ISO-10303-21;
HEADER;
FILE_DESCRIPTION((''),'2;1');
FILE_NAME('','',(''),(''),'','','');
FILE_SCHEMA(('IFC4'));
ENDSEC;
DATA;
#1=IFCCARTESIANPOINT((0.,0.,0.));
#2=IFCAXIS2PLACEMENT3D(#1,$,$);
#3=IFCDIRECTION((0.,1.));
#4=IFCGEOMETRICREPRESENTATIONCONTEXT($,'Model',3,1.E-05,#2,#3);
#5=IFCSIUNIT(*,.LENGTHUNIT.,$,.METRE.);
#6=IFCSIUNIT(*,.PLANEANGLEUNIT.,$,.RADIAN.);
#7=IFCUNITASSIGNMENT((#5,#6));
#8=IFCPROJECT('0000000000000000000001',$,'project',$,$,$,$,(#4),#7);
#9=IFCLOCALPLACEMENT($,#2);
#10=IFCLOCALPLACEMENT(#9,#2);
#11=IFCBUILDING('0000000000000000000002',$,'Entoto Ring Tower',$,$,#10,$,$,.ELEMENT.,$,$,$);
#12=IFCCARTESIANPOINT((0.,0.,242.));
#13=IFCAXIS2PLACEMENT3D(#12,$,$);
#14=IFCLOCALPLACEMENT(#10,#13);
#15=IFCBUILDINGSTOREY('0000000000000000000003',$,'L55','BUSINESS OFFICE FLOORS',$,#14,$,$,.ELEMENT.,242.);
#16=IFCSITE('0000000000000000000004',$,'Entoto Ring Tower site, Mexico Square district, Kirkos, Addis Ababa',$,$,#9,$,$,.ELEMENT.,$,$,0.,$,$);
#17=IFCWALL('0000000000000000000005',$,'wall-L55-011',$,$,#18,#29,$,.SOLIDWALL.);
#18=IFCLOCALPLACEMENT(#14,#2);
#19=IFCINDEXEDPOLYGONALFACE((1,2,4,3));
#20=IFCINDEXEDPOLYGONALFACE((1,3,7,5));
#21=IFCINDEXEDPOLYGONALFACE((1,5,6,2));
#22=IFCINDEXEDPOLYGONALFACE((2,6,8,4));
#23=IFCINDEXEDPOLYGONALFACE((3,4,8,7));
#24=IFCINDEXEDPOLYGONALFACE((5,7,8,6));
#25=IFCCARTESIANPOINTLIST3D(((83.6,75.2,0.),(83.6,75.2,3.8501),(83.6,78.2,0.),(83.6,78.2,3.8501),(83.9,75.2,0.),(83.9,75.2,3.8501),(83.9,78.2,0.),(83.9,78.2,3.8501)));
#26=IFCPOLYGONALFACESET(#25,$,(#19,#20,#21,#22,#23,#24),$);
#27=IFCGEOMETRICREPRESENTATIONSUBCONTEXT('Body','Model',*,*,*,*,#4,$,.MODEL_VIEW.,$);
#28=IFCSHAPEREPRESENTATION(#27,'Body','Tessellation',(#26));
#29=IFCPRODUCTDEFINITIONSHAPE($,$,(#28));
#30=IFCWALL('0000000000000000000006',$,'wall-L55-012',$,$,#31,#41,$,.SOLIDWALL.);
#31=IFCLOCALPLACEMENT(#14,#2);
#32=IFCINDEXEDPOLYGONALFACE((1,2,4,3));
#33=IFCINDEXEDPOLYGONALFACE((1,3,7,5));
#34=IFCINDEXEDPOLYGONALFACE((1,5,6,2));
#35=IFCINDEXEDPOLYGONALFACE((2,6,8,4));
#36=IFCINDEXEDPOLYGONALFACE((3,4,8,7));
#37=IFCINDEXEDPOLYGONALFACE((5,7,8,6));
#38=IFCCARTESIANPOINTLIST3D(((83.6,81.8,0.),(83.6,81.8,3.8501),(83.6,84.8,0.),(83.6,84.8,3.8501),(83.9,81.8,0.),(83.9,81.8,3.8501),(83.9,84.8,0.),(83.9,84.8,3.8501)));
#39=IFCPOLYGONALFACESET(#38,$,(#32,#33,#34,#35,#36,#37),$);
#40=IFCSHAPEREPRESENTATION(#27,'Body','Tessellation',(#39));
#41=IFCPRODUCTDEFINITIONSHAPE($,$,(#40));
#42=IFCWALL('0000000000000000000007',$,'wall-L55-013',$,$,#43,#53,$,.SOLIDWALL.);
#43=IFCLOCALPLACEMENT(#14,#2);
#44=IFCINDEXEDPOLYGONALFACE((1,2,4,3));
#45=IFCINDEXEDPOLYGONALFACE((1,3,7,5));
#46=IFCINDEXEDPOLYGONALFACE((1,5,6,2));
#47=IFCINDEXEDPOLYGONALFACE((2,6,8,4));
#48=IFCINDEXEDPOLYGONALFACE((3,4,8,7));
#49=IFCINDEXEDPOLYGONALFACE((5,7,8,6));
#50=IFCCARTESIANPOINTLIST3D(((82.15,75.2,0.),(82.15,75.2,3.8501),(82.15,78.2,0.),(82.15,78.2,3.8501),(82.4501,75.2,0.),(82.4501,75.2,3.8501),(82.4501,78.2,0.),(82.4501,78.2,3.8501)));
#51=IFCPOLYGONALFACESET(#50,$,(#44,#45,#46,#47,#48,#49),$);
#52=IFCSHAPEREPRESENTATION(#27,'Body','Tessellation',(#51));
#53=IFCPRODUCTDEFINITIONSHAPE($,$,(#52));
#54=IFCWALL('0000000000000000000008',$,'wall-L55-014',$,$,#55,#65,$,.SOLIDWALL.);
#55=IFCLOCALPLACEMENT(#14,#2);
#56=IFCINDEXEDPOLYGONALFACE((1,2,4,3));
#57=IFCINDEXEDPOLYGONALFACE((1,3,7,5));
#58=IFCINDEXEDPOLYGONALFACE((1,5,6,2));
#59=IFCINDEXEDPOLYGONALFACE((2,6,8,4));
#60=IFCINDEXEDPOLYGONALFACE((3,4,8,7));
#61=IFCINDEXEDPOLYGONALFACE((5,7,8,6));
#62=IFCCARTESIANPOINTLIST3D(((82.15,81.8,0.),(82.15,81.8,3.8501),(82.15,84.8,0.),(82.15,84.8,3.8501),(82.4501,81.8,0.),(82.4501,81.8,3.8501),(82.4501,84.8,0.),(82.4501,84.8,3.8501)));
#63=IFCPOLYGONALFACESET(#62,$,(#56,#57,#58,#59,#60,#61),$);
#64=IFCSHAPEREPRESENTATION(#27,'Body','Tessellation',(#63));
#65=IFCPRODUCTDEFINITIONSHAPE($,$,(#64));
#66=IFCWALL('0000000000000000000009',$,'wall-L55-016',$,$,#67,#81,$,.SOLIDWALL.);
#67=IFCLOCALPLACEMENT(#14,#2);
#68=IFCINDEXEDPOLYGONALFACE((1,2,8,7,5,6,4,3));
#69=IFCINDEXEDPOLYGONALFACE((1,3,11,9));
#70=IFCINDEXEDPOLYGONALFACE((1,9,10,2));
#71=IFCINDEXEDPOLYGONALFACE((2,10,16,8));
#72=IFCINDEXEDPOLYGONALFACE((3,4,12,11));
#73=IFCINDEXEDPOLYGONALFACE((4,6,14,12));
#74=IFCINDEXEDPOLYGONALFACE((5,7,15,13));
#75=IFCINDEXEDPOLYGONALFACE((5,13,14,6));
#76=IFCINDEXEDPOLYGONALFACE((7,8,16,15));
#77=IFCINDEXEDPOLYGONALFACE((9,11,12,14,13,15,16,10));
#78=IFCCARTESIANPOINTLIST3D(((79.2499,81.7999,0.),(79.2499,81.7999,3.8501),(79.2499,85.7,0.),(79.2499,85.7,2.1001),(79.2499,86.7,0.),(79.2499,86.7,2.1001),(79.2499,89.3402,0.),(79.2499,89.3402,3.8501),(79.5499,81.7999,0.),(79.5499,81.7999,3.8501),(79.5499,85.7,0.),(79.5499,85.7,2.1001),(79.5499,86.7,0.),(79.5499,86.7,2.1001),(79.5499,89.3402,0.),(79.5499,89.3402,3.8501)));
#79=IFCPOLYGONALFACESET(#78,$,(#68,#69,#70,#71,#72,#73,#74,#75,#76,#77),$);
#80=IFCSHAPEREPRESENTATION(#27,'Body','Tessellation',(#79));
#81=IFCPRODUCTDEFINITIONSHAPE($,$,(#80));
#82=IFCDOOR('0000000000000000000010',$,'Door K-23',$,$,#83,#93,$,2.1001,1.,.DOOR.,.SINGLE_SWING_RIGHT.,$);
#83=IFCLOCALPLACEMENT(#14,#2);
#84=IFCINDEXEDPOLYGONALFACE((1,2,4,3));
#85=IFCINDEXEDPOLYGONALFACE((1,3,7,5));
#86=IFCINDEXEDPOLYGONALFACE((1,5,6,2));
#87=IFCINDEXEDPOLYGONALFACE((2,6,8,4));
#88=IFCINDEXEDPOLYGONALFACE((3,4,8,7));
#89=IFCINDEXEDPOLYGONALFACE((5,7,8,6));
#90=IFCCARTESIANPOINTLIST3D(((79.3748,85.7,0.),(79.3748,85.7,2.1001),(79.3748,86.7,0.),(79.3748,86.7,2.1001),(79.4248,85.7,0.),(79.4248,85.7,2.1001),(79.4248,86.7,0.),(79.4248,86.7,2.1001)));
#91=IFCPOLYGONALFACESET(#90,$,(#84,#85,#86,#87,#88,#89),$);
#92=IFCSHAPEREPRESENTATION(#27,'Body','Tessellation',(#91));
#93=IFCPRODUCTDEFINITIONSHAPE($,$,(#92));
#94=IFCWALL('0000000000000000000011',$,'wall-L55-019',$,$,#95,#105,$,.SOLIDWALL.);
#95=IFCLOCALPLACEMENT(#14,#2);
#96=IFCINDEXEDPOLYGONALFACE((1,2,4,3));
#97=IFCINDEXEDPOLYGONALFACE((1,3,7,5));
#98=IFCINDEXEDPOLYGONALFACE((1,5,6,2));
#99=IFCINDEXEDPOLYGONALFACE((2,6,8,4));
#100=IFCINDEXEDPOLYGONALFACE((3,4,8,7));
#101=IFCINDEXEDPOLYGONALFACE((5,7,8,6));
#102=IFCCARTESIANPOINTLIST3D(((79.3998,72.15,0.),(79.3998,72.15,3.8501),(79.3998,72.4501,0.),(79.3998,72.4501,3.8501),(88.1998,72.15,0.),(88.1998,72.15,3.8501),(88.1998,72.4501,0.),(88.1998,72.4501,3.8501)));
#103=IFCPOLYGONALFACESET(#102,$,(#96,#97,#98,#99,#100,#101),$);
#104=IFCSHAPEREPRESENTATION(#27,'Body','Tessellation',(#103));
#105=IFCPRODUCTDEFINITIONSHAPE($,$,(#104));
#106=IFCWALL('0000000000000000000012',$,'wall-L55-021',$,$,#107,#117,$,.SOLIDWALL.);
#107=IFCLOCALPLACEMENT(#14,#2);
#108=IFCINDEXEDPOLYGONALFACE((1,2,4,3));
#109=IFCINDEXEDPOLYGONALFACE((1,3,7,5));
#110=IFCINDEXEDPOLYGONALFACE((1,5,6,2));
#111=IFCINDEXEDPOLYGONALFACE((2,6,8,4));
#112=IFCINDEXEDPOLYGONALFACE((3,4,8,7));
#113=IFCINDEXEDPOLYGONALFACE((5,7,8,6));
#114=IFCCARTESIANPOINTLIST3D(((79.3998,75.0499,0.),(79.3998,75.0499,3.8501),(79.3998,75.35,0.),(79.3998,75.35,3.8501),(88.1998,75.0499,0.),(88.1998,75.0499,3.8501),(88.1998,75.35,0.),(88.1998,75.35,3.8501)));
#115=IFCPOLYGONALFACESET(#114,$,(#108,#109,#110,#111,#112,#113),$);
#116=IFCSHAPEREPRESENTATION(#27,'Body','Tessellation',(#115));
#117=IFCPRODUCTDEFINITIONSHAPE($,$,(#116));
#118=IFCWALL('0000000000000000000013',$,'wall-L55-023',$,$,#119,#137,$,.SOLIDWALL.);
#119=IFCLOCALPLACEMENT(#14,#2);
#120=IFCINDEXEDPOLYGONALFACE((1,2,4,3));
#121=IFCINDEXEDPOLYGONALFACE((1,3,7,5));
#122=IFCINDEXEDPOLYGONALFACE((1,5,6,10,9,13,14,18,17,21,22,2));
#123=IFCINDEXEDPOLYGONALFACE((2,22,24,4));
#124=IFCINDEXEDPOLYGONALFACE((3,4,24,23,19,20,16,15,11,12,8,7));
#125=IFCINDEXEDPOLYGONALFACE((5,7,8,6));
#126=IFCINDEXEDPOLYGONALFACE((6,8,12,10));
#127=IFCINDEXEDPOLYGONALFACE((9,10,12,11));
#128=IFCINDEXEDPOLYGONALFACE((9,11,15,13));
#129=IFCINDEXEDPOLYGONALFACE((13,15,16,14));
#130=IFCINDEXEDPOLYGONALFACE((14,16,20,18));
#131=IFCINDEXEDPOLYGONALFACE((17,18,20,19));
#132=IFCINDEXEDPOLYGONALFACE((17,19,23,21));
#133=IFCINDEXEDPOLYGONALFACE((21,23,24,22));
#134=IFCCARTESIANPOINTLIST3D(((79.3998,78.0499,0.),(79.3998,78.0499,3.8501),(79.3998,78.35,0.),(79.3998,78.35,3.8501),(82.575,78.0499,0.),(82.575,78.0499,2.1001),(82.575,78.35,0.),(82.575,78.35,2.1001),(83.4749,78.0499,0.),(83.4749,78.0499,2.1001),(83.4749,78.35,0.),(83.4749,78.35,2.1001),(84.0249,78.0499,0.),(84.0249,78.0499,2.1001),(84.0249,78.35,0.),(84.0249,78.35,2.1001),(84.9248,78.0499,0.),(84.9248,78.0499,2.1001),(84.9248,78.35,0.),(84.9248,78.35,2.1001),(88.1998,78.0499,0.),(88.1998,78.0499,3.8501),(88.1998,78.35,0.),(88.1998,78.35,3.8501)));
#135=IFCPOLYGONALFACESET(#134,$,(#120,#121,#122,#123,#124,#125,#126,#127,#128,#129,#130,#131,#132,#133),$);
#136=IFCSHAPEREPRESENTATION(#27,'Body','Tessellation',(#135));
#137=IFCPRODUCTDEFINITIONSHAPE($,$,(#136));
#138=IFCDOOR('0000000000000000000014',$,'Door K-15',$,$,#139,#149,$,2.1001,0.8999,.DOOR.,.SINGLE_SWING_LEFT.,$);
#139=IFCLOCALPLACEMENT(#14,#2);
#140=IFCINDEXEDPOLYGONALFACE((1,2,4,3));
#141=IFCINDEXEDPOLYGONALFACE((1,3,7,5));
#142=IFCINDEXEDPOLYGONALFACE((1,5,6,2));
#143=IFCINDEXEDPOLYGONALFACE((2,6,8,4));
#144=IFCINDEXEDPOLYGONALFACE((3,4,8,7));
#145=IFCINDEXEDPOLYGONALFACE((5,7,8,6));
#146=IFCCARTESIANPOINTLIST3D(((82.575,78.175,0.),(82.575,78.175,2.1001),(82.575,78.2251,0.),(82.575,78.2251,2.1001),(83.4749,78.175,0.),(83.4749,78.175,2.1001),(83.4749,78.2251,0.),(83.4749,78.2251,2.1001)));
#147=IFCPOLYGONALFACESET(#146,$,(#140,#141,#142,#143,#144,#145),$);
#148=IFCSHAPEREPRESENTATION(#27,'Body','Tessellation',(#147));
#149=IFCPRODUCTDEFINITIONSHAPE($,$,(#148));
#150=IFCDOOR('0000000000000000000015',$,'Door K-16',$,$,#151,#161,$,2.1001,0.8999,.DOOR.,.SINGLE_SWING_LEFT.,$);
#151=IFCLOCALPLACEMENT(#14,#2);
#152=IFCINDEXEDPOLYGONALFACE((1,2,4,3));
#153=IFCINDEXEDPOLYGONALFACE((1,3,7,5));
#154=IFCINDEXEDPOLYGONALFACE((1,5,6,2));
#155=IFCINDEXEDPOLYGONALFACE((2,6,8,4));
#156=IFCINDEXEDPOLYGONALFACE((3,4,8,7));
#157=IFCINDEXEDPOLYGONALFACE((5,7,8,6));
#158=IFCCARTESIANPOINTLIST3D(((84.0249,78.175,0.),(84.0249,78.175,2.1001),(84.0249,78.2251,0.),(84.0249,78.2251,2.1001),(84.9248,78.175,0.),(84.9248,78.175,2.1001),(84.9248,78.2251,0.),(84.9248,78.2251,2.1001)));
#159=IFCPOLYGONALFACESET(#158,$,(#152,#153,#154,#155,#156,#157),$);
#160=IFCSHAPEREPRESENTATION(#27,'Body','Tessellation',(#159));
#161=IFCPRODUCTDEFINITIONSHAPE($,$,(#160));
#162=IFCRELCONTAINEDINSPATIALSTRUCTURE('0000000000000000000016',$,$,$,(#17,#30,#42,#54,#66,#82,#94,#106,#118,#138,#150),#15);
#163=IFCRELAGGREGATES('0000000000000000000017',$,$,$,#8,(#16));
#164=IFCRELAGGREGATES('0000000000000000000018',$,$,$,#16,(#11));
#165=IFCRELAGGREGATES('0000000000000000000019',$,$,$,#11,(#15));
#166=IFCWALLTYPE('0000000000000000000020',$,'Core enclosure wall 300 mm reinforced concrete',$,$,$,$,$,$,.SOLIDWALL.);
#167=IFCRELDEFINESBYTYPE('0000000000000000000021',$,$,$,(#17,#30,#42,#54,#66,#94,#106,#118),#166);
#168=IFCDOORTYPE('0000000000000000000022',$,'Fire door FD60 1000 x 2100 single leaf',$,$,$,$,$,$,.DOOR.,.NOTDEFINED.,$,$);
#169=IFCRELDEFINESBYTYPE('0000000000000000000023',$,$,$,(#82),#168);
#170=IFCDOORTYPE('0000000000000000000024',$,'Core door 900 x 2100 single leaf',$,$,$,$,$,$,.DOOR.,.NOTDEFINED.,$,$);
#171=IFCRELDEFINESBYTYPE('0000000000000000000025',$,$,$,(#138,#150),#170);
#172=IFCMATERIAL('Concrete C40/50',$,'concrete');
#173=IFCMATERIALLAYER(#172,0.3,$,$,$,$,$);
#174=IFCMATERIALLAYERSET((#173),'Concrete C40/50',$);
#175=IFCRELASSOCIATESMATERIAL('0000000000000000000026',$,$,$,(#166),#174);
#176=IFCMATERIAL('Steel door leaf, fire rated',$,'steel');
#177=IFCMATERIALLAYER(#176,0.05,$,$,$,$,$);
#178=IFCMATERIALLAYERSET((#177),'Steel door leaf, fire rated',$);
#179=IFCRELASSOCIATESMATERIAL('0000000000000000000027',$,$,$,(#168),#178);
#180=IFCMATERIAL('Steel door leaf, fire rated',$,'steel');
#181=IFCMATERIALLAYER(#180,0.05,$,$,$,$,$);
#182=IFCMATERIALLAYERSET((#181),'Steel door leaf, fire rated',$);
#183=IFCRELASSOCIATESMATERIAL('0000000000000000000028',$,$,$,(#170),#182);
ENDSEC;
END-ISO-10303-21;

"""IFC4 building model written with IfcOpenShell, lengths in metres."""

from ifc_helpers import new_model, si_unit, direction, frame, frame_2d, origin, place, context, subcontext, project, spatial, rectangle, extrude, material, layer, layer_set, type_object, element, fill, save


model = new_model("IFC4")

# Units and contexts
model_context = context("Model", 3, precision=1e-05, world=origin(), true_north=direction((0.0, 1.0)))
body_context = subcontext(model_context, "Body", "Model", "MODEL_VIEW")
ifc_project = project(units=[si_unit("LENGTHUNIT", "METRE"), si_unit("PLANEANGLEUNIT", "RADIAN")], contexts=[model_context])

# Site, building, storey
site_placement = place(None, origin())
site = spatial("IfcSite", under=ifc_project, at=site_placement, Name="Entoto Ring Tower site, Mexico Square district, Kirkos, Addis Ababa", CompositionType="ELEMENT", RefElevation=0.0)
building_placement = place(site_placement, origin())
building = spatial("IfcBuilding", under=site, at=building_placement, Name="Entoto Ring Tower", CompositionType="ELEMENT")
storey_placement = place(building_placement, frame((0.0, 0.0, 242.0)))
storey = spatial("IfcBuildingStorey", under=building, at=storey_placement, Name="L55", Description="BUSINESS OFFICE FLOORS", CompositionType="ELEMENT", Elevation=242.0)

# Walls
ifc_material_1 = material(Name="Concrete C40/50", Category="concrete")
ifc_layer_1 = layer(ifc_material_1, 0.3)
ifc_layer_set_1 = layer_set([ifc_layer_1], Name="Concrete C40/50")
wall_type_1 = type_object("IfcWallType", Name="Core enclosure wall 300 mm reinforced concrete", PredefinedType="SOLIDWALL", material=ifc_layer_set_1)
for number, where, z_axis, x_axis, name in (
    (1, (83.75, 75.2, 0.0), (0.0, 0.0, 1.0), (0.0, 1.0, 0.0), "wall-L55-011"),
    (2, (83.75, 81.8, 0.0), (0.0, 0.0, 1.0), (0.0, 1.0, 0.0), "wall-L55-012"),
    (3, (82.3, 75.2, 0.0), (0.0, 0.0, 1.0), (0.0, 1.0, 0.0), "wall-L55-013"),
    (4, (82.3, 81.8, 0.0), (0.0, 0.0, 1.0), (0.0, 1.0, 0.0), "wall-L55-014"),
):
    element("IfcWall", number, at=place(storey_placement, frame(where, z_axis=z_axis, x_axis=x_axis)), inside=storey, type_object=wall_type_1, Name=name, PredefinedType="SOLIDWALL", context=body_context, shape_type="SweptSolid", body=[
        extrude(rectangle(XDim=3.0, YDim=0.3, at=frame_2d((1.5, 0.0))), origin(), (0.0, 0.0, 1.0), 3.8501),
    ])

# Wall, opening, door
wall_1_placement = place(storey_placement, frame((79.3999, 81.8, 0.0), z_axis=(0.0, 0.0, 1.0), x_axis=(0.0, 1.0, 0.0)))
wall_1 = element("IfcWall", 5, at=wall_1_placement, inside=storey, type_object=wall_type_1, Name="wall-L55-016", PredefinedType="SOLIDWALL", context=body_context, shape_type="SweptSolid", body=[
    extrude(rectangle(XDim=7.5403, YDim=0.3, at=frame_2d((3.77, 0.0))), origin(), (0.0, 0.0, 1.0), 3.8501),
])
opening_1_placement = place(wall_1_placement, frame((3.8999, 0.0, 0.0)))
opening_1 = element("IfcOpeningElement", 6, at=opening_1_placement, cuts=wall_1, PredefinedType="OPENING", context=body_context, shape_type="SweptSolid", body=[
    extrude(rectangle(XDim=1.0, YDim=2.1001, at=frame_2d((0.5, 1.05))), frame((0.0, 0.1602, 0.0), z_axis=(0.0, -1.0, 0.0), x_axis=(1.0, 0.0, 0.0)), (0.0, 0.0, 1.0), 0.3201),
])
ifc_material_2 = material(Name="Steel door leaf, fire rated", Category="steel")
ifc_layer_2 = layer(ifc_material_2, 0.05)
ifc_layer_set_2 = layer_set([ifc_layer_2], Name="Steel door leaf, fire rated")
door_type_1 = type_object("IfcDoorType", Name="Fire door FD60 1000 x 2100 single leaf", OperationType="NOTDEFINED", PredefinedType="DOOR", material=ifc_layer_set_2)
door_1_placement = place(opening_1_placement, frame((1.0, 0.0, 0.0), z_axis=(0.0, 0.0, 1.0), x_axis=(-1.0, 0.0, 0.0)))
door_1 = element("IfcDoor", 7, at=door_1_placement, inside=storey, type_object=door_type_1, Name="Door K-23", OperationType="SINGLE_SWING_RIGHT", OverallHeight=2.1001, OverallWidth=1.0, PredefinedType="DOOR", context=body_context, shape_type="SweptSolid", body=[
    extrude(rectangle(XDim=1.0, YDim=2.1001, at=frame_2d((0.5, 1.05))), frame((0.0, 0.0249, 0.0), z_axis=(0.0, -1.0, 0.0), x_axis=(1.0, 0.0, 0.0)), (0.0, 0.0, 1.0), 0.05),
])
fill(opening_1, door_1)

# Walls
for number, where, z_axis, x_axis, name in (
    (8, (79.3999, 72.3, 0.0), (0.0, 0.0, 1.0), (1.0, 0.0, 0.0), "wall-L55-019"),
    (9, (79.3999, 75.2, 0.0), (0.0, 0.0, 1.0), (1.0, 0.0, 0.0), "wall-L55-021"),
):
    element("IfcWall", number, at=place(storey_placement, frame(where, z_axis=z_axis, x_axis=x_axis)), inside=storey, type_object=wall_type_1, Name=name, PredefinedType="SOLIDWALL", context=body_context, shape_type="SweptSolid", body=[
        extrude(rectangle(XDim=8.8, YDim=0.3, at=frame_2d((4.3999, 0.0))), origin(), (0.0, 0.0, 1.0), 3.8501),
    ])

# Wall, openings, doors
wall_2_placement = place(storey_placement, frame((79.3999, 78.2, 0.0), z_axis=(0.0, 0.0, 1.0), x_axis=(1.0, 0.0, 0.0)))
wall_2 = element("IfcWall", 10, at=wall_2_placement, inside=storey, type_object=wall_type_1, Name="wall-L55-023", PredefinedType="SOLIDWALL", context=body_context, shape_type="SweptSolid", body=[
    extrude(rectangle(XDim=8.8, YDim=0.3, at=frame_2d((4.3999, 0.0))), origin(), (0.0, 0.0, 1.0), 3.8501),
])
opening_2_placement = place(wall_2_placement, frame((3.175, 0.0, 0.0)))
opening_2 = element("IfcOpeningElement", 11, at=opening_2_placement, cuts=wall_2, PredefinedType="OPENING", context=body_context, shape_type="SweptSolid", body=[
    extrude(rectangle(XDim=0.8999, YDim=2.1001, at=frame_2d((0.45, 1.05))), frame((0.0, 0.1602, 0.0), z_axis=(0.0, -1.0, 0.0), x_axis=(1.0, 0.0, 0.0)), (0.0, 0.0, 1.0), 0.3201),
])
opening_3_placement = place(wall_2_placement, frame((4.625, 0.0, 0.0)))
opening_3 = element("IfcOpeningElement", 12, at=opening_3_placement, cuts=wall_2, PredefinedType="OPENING", context=body_context, shape_type="SweptSolid", body=[
    extrude(rectangle(XDim=0.8999, YDim=2.1001, at=frame_2d((0.45, 1.05))), frame((0.0, 0.1602, 0.0), z_axis=(0.0, -1.0, 0.0), x_axis=(1.0, 0.0, 0.0)), (0.0, 0.0, 1.0), 0.3201),
])
ifc_material_3 = material(Name="Steel door leaf, fire rated", Category="steel")
ifc_layer_3 = layer(ifc_material_3, 0.05)
ifc_layer_set_3 = layer_set([ifc_layer_3], Name="Steel door leaf, fire rated")
door_type_2 = type_object("IfcDoorType", Name="Core door 900 x 2100 single leaf", OperationType="NOTDEFINED", PredefinedType="DOOR", material=ifc_layer_set_3)
door_2_placement = place(opening_2_placement, frame((0.8999, 0.0, 0.0), z_axis=(0.0, 0.0, 1.0), x_axis=(-1.0, 0.0, 0.0)))
door_2 = element("IfcDoor", 13, at=door_2_placement, inside=storey, type_object=door_type_2, Name="Door K-15", OperationType="SINGLE_SWING_LEFT", OverallHeight=2.1001, OverallWidth=0.8999, PredefinedType="DOOR", context=body_context, shape_type="SweptSolid", body=[
    extrude(rectangle(XDim=0.8999, YDim=2.1001, at=frame_2d((0.45, 1.05))), frame((0.0, 0.0249, 0.0), z_axis=(0.0, -1.0, 0.0), x_axis=(1.0, 0.0, 0.0)), (0.0, 0.0, 1.0), 0.05),
])
fill(opening_2, door_2)
door_3_placement = place(opening_3_placement, frame((0.8999, 0.0, 0.0), z_axis=(0.0, 0.0, 1.0), x_axis=(-1.0, 0.0, 0.0)))
door_3 = element("IfcDoor", 14, at=door_3_placement, inside=storey, type_object=door_type_2, Name="Door K-16", OperationType="SINGLE_SWING_LEFT", OverallHeight=2.1001, OverallWidth=0.8999, PredefinedType="DOOR", context=body_context, shape_type="SweptSolid", body=[
    extrude(rectangle(XDim=0.8999, YDim=2.1001, at=frame_2d((0.45, 1.05))), frame((0.0, 0.0249, 0.0), z_axis=(0.0, -1.0, 0.0), x_axis=(1.0, 0.0, 0.0)), (0.0, 0.0, 1.0), 0.05),
])
fill(opening_3, door_3)

save(model, "model.ifc")
